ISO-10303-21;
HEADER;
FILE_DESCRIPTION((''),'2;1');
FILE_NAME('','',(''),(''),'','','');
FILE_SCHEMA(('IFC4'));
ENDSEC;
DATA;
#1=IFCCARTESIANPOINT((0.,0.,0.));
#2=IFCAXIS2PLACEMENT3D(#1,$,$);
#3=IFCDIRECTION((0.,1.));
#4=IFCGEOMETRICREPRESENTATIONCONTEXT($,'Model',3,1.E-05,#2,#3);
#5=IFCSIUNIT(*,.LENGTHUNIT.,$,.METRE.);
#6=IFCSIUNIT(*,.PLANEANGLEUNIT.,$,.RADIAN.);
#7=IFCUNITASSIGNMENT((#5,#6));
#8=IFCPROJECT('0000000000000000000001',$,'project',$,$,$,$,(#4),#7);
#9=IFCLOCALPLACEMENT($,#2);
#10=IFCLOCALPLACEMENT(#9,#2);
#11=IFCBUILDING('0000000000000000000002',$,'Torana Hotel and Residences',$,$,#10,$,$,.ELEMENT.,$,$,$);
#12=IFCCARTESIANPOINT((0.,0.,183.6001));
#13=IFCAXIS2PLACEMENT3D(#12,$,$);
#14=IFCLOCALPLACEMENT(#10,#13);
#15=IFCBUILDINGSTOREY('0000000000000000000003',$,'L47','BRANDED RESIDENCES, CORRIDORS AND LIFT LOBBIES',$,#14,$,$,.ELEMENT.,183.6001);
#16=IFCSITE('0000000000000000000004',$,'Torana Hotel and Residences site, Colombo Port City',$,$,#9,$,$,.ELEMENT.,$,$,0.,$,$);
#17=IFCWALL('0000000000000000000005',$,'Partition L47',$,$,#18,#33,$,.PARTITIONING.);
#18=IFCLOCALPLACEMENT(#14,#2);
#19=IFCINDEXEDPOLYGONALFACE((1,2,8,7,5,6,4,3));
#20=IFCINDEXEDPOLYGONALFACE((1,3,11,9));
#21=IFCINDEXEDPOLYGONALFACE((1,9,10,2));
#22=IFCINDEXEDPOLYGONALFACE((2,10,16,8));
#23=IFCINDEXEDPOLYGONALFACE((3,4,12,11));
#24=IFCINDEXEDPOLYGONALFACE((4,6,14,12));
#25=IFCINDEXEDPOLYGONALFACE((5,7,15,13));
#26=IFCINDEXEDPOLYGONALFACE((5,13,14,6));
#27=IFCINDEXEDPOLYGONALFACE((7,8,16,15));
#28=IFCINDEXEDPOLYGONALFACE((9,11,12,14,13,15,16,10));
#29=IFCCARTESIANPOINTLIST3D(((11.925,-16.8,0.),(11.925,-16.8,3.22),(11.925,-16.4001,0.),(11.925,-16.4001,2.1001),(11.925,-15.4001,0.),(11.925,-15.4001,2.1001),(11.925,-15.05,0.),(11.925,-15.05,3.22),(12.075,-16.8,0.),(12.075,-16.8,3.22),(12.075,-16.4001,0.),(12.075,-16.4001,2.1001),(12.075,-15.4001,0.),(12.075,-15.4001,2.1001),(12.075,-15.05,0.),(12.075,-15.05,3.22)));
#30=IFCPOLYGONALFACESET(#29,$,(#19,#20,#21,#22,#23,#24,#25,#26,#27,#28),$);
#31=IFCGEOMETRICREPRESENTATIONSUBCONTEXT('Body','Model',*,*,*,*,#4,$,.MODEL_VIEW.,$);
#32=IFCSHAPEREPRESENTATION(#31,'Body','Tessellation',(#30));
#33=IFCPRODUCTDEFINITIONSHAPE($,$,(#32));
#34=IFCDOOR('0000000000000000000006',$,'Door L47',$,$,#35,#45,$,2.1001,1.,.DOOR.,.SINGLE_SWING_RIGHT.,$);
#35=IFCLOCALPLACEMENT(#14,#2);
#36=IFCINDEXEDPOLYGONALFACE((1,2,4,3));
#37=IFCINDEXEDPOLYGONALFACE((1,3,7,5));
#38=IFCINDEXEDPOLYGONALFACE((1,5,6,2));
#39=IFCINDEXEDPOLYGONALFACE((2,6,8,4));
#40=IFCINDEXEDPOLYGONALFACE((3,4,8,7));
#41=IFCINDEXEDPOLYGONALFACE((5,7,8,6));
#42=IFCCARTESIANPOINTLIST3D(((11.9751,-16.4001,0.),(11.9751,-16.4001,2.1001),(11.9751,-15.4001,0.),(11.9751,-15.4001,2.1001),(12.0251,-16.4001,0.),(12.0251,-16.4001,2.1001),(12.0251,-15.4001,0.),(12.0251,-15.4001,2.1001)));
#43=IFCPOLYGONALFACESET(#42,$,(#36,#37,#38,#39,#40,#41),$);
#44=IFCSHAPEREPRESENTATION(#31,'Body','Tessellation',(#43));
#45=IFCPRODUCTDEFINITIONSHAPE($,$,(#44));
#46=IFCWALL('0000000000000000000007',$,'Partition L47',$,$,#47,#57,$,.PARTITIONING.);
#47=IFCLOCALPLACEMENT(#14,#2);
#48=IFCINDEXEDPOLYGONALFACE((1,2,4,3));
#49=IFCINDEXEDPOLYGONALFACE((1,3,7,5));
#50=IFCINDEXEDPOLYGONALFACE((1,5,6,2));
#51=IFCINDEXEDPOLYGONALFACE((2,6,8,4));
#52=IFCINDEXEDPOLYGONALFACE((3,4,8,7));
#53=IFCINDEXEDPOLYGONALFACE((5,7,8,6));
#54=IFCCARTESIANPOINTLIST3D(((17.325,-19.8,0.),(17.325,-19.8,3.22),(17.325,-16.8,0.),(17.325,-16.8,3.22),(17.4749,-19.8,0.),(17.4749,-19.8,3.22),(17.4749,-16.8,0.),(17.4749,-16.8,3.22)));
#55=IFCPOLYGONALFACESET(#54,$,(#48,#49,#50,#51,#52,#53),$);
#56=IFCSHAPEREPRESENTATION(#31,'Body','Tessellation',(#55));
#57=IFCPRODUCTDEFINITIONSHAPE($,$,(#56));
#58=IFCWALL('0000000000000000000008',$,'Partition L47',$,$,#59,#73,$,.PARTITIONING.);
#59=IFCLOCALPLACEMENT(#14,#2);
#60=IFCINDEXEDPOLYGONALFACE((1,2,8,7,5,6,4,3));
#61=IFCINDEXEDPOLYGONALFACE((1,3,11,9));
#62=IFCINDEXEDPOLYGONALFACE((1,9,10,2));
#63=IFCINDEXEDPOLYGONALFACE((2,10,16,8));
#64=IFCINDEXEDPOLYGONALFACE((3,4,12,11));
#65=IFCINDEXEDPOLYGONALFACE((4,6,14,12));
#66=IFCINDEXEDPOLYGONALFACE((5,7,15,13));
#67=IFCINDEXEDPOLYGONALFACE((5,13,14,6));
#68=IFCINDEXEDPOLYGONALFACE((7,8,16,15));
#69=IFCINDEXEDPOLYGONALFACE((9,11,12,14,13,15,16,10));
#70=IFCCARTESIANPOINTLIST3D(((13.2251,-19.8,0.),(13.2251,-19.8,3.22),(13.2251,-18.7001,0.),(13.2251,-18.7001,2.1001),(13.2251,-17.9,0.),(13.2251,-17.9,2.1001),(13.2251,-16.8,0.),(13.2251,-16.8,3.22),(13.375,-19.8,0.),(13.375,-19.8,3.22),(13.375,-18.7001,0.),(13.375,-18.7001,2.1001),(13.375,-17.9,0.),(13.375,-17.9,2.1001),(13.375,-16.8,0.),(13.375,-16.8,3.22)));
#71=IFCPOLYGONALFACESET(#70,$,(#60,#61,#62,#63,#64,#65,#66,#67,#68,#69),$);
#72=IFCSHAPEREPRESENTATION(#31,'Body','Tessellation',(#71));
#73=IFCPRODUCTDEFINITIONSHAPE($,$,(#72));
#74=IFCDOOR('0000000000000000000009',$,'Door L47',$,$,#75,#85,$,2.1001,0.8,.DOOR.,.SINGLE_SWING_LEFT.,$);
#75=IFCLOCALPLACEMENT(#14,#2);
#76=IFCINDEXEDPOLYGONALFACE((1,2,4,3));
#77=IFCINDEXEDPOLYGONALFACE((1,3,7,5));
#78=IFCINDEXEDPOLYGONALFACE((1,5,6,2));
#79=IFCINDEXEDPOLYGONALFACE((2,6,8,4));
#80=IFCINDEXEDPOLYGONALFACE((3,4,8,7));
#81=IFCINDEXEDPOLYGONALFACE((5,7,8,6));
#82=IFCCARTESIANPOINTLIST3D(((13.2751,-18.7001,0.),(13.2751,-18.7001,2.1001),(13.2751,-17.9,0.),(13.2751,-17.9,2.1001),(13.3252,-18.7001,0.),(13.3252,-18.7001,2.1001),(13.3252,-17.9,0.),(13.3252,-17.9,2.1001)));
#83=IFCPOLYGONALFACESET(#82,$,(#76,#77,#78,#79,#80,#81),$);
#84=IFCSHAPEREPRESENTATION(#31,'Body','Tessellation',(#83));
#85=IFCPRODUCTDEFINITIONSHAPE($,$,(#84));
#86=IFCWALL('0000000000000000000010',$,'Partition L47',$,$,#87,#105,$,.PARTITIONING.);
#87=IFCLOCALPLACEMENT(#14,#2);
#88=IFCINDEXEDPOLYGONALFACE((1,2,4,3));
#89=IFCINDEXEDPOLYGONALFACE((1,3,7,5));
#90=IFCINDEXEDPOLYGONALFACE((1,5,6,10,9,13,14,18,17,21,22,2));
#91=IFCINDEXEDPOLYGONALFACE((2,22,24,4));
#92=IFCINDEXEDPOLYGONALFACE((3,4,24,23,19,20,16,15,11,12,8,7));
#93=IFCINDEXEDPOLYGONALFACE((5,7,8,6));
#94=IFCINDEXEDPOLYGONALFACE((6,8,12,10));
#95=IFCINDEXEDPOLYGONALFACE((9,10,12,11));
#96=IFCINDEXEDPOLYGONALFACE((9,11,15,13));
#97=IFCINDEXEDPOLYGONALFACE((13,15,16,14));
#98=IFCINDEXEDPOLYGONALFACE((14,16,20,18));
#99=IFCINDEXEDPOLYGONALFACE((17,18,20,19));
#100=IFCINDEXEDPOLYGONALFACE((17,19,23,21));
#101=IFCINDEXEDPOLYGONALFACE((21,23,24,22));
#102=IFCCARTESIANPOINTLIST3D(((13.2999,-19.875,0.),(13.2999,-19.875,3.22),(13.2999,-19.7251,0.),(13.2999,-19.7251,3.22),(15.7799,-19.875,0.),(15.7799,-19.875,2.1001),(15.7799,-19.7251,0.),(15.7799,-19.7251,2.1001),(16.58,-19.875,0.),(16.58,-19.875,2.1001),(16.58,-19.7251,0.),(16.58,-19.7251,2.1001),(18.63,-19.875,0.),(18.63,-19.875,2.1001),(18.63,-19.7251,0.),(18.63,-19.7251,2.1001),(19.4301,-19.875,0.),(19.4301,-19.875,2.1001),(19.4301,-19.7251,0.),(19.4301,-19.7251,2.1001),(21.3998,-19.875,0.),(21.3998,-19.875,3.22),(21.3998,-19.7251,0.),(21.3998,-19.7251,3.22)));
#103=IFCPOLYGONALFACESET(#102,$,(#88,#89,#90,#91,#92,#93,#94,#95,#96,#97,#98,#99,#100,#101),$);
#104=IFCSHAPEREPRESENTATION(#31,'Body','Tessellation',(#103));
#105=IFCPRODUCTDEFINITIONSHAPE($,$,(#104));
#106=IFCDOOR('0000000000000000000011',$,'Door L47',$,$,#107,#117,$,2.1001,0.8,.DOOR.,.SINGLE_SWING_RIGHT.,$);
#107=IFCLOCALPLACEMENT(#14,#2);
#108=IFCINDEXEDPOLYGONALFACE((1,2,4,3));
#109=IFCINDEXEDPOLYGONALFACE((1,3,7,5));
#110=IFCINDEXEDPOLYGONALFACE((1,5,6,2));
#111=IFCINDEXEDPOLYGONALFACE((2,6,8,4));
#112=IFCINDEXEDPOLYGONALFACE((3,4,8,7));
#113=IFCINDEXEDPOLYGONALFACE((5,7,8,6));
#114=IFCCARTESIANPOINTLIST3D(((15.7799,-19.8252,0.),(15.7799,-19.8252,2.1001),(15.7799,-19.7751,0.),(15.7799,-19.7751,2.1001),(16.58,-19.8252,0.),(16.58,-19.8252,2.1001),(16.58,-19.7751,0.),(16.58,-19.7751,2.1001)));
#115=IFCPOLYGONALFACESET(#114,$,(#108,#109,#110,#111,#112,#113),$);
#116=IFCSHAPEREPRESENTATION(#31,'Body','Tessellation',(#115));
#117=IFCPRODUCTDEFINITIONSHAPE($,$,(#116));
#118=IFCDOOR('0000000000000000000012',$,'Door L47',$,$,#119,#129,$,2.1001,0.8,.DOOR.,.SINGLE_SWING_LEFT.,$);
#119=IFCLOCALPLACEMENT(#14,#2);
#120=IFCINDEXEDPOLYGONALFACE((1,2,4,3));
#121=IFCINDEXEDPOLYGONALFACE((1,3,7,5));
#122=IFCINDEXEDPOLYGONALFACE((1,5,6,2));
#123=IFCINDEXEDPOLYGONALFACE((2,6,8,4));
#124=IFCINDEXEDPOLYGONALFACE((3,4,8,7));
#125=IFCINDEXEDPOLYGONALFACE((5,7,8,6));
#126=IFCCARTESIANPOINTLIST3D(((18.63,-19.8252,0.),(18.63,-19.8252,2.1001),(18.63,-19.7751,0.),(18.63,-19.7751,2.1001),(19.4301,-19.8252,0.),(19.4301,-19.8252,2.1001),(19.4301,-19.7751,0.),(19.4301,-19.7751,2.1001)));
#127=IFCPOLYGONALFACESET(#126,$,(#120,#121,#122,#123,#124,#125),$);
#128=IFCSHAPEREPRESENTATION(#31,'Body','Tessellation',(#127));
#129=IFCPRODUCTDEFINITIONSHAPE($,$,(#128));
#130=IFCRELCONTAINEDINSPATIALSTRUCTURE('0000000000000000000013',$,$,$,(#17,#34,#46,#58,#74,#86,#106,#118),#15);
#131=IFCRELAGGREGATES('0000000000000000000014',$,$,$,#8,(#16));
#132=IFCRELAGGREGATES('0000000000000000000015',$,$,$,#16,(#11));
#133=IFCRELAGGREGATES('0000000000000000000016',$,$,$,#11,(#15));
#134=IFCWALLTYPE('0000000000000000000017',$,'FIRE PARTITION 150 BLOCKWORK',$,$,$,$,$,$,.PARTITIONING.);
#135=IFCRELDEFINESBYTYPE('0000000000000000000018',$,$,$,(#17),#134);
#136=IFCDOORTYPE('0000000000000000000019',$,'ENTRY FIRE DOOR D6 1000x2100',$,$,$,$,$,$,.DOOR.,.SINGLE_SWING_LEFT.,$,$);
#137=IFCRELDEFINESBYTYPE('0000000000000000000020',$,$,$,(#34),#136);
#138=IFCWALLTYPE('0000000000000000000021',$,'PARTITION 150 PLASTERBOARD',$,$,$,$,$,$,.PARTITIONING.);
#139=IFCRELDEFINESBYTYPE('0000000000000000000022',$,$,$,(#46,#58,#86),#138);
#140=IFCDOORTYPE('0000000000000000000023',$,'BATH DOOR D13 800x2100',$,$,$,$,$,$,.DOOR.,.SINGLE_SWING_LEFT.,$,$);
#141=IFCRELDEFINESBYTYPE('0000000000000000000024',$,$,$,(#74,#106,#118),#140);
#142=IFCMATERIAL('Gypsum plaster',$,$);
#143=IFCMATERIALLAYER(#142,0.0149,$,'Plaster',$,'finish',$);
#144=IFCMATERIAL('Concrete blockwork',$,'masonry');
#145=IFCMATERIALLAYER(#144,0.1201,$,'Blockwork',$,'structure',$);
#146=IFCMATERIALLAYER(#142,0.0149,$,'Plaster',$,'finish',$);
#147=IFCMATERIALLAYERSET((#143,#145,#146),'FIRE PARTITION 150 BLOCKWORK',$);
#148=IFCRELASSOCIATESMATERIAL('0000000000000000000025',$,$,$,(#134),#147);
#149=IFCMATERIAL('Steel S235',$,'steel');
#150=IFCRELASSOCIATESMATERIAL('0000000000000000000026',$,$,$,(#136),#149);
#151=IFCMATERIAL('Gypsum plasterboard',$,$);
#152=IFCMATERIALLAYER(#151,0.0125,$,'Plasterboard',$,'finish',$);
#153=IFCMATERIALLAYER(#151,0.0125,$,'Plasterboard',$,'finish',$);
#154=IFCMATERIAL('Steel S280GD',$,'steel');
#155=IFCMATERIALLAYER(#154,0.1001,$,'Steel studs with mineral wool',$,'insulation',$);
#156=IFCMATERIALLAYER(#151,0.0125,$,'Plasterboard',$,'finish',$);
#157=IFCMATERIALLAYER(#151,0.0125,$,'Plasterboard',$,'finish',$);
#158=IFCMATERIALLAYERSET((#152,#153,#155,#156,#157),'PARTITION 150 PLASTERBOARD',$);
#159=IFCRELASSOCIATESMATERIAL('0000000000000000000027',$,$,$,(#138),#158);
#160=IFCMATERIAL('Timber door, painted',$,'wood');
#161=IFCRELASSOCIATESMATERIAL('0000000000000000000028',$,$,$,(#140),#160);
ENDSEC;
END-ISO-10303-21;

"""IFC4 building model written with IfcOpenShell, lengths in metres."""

from ifc_helpers import new_model, si_unit, direction, frame, frame_2d, origin, place, context, subcontext, project, spatial, rectangle, extrude, material, layer, layer_set, type_object, element, fill, save


model = new_model("IFC4")

# Units and contexts
model_context = context("Model", 3, precision=1e-05, world=origin(), true_north=direction((0.0, 1.0)))
body_context = subcontext(model_context, "Body", "Model", "MODEL_VIEW")
ifc_project = project(units=[si_unit("LENGTHUNIT", "METRE"), si_unit("PLANEANGLEUNIT", "RADIAN")], contexts=[model_context])

# Site, building, storey
site_placement = place(None, origin())
site = spatial("IfcSite", under=ifc_project, at=site_placement, Name="Torana Hotel and Residences site, Colombo Port City", CompositionType="ELEMENT", RefElevation=0.0)
building_placement = place(site_placement, origin())
building = spatial("IfcBuilding", under=site, at=building_placement, Name="Torana Hotel and Residences", CompositionType="ELEMENT")
storey_placement = place(building_placement, frame((0.0, 0.0, 183.6001)))
storey = spatial("IfcBuildingStorey", under=building, at=storey_placement, Name="L47", Description="BRANDED RESIDENCES, CORRIDORS AND LIFT LOBBIES", CompositionType="ELEMENT", Elevation=183.6001)

# Wall, opening, door
ifc_material_1 = material(Name="Gypsum plaster")
ifc_layer_1 = layer(ifc_material_1, 0.0149, Name="Plaster", Category="finish")
ifc_material_2 = material(Name="Concrete blockwork", Category="masonry")
ifc_layer_2 = layer(ifc_material_2, 0.1201, Name="Blockwork", Category="structure")
ifc_layer_3 = layer(ifc_material_1, 0.0149, Name="Plaster", Category="finish")
ifc_layer_set_1 = layer_set([ifc_layer_1, ifc_layer_2, ifc_layer_3], Name="FIRE PARTITION 150 BLOCKWORK")
wall_type_1 = type_object("IfcWallType", Name="FIRE PARTITION 150 BLOCKWORK", PredefinedType="PARTITIONING", material=ifc_layer_set_1)
wall_1_placement = place(storey_placement, frame((12.0, -16.8, 0.0), z_axis=(0.0, 0.0, 1.0), x_axis=(0.0, 1.0, 0.0)))
wall_1 = element("IfcWall", 1, at=wall_1_placement, inside=storey, type_object=wall_type_1, Name="Partition L47", PredefinedType="PARTITIONING", context=body_context, shape_type="SweptSolid", body=[
    extrude(rectangle(XDim=1.75, YDim=0.1499, at=frame_2d((0.875, 0.0))), origin(), (0.0, 0.0, 1.0), 3.22),
])
opening_1_placement = place(wall_1_placement, frame((0.3999, 0.0, 0.0)))
opening_1 = element("IfcOpeningElement", 2, at=opening_1_placement, cuts=wall_1, PredefinedType="OPENING", context=body_context, shape_type="SweptSolid", body=[
    extrude(rectangle(XDim=1.0, YDim=2.1001, at=frame_2d((0.5, 1.05))), frame((0.0, 0.085, 0.0), z_axis=(0.0, -1.0, 0.0), x_axis=(1.0, 0.0, 0.0)), (0.0, 0.0, 1.0), 0.1699),
])
ifc_material_3 = material(Name="Steel S235", Category="steel")
door_type_1 = type_object("IfcDoorType", Name="ENTRY FIRE DOOR D6 1000x2100", OperationType="SINGLE_SWING_LEFT", PredefinedType="DOOR", material=ifc_material_3)
door_1_placement = place(opening_1_placement, origin())
door_1 = element("IfcDoor", 3, at=door_1_placement, inside=storey, type_object=door_type_1, Name="Door L47", OperationType="SINGLE_SWING_RIGHT", OverallHeight=2.1001, OverallWidth=1.0, PredefinedType="DOOR", context=body_context, shape_type="SweptSolid", body=[
    extrude(rectangle(XDim=1.0, YDim=2.1001, at=frame_2d((0.5, 1.05))), frame((0.0, 0.0249, 0.0), z_axis=(0.0, -1.0, 0.0), x_axis=(1.0, 0.0, 0.0)), (0.0, 0.0, 1.0), 0.05),
])
fill(opening_1, door_1)

# Wall
ifc_material_4 = material(Name="Gypsum plasterboard")
ifc_layer_4 = layer(ifc_material_4, 0.0125, Name="Plasterboard", Category="finish")
ifc_layer_5 = layer(ifc_material_4, 0.0125, Name="Plasterboard", Category="finish")
ifc_material_5 = material(Name="Steel S280GD", Category="steel")
ifc_layer_6 = layer(ifc_material_5, 0.1001, Name="Steel studs with mineral wool", Category="insulation")
ifc_layer_7 = layer(ifc_material_4, 0.0125, Name="Plasterboard", Category="finish")
ifc_layer_8 = layer(ifc_material_4, 0.0125, Name="Plasterboard", Category="finish")
ifc_layer_set_2 = layer_set([ifc_layer_4, ifc_layer_5, ifc_layer_6, ifc_layer_7, ifc_layer_8], Name="PARTITION 150 PLASTERBOARD")
wall_type_2 = type_object("IfcWallType", Name="PARTITION 150 PLASTERBOARD", PredefinedType="PARTITIONING", material=ifc_layer_set_2)
wall_2_placement = place(storey_placement, frame((17.3999, -19.8, 0.0), z_axis=(0.0, 0.0, 1.0), x_axis=(0.0, 1.0, 0.0)))
element("IfcWall", 4, at=wall_2_placement, inside=storey, type_object=wall_type_2, Name="Partition L47", PredefinedType="PARTITIONING", context=body_context, shape_type="SweptSolid", body=[
    extrude(rectangle(XDim=3.0, YDim=0.1499, at=frame_2d((1.5, 0.0))), origin(), (0.0, 0.0, 1.0), 3.22),
])

# Wall, opening, door
wall_3_placement = place(storey_placement, frame((13.3, -19.8, 0.0), z_axis=(0.0, 0.0, 1.0), x_axis=(0.0, 1.0, 0.0)))
wall_3 = element("IfcWall", 5, at=wall_3_placement, inside=storey, type_object=wall_type_2, Name="Partition L47", PredefinedType="PARTITIONING", context=body_context, shape_type="SweptSolid", body=[
    extrude(rectangle(XDim=3.0, YDim=0.1499, at=frame_2d((1.5, 0.0))), origin(), (0.0, 0.0, 1.0), 3.22),
])
opening_2_placement = place(wall_3_placement, frame((1.1001, 0.0, 0.0)))
opening_2 = element("IfcOpeningElement", 6, at=opening_2_placement, cuts=wall_3, PredefinedType="OPENING", context=body_context, shape_type="SweptSolid", body=[
    extrude(rectangle(XDim=0.8, YDim=2.1001, at=frame_2d((0.3999, 1.05))), frame((0.0, 0.085, 0.0), z_axis=(0.0, -1.0, 0.0), x_axis=(1.0, 0.0, 0.0)), (0.0, 0.0, 1.0), 0.1699),
])
ifc_material_6 = material(Name="Timber door, painted", Category="wood")
door_type_2 = type_object("IfcDoorType", Name="BATH DOOR D13 800x2100", OperationType="SINGLE_SWING_LEFT", PredefinedType="DOOR", material=ifc_material_6)
door_2_placement = place(opening_2_placement, origin())
door_2 = element("IfcDoor", 7, at=door_2_placement, inside=storey, type_object=door_type_2, Name="Door L47", OperationType="SINGLE_SWING_LEFT", OverallHeight=2.1001, OverallWidth=0.8, PredefinedType="DOOR", context=body_context, shape_type="SweptSolid", body=[
    extrude(rectangle(XDim=0.8, YDim=2.1001, at=frame_2d((0.3999, 1.05))), frame((0.0, 0.0249, 0.0), z_axis=(0.0, -1.0, 0.0), x_axis=(1.0, 0.0, 0.0)), (0.0, 0.0, 1.0), 0.05),
])
fill(opening_2, door_2)

# Wall, openings, doors
wall_4_placement = place(storey_placement, frame((13.3, -19.8, 0.0), z_axis=(0.0, 0.0, 1.0), x_axis=(1.0, 0.0, 0.0)))
wall_4 = element("IfcWall", 8, at=wall_4_placement, inside=storey, type_object=wall_type_2, Name="Partition L47", PredefinedType="PARTITIONING", context=body_context, shape_type="SweptSolid", body=[
    extrude(rectangle(XDim=8.0999, YDim=0.1499, at=frame_2d((4.0498, 0.0))), origin(), (0.0, 0.0, 1.0), 3.22),
])
opening_3_placement = place(wall_4_placement, frame((2.48, 0.0, 0.0)))
opening_3 = element("IfcOpeningElement", 9, at=opening_3_placement, cuts=wall_4, PredefinedType="OPENING", context=body_context, shape_type="SweptSolid", body=[
    extrude(rectangle(XDim=0.8, YDim=2.1001, at=frame_2d((0.3999, 1.05))), frame((0.0, 0.085, 0.0), z_axis=(0.0, -1.0, 0.0), x_axis=(1.0, 0.0, 0.0)), (0.0, 0.0, 1.0), 0.1699),
])
opening_4_placement = place(wall_4_placement, frame((5.3301, 0.0, 0.0)))
opening_4 = element("IfcOpeningElement", 10, at=opening_4_placement, cuts=wall_4, PredefinedType="OPENING", context=body_context, shape_type="SweptSolid", body=[
    extrude(rectangle(XDim=0.8, YDim=2.1001, at=frame_2d((0.3999, 1.05))), frame((0.0, 0.085, 0.0), z_axis=(0.0, -1.0, 0.0), x_axis=(1.0, 0.0, 0.0)), (0.0, 0.0, 1.0), 0.1699),
])
door_3_placement = place(opening_3_placement, origin())
door_3 = element("IfcDoor", 11, at=door_3_placement, inside=storey, type_object=door_type_2, Name="Door L47", OperationType="SINGLE_SWING_RIGHT", OverallHeight=2.1001, OverallWidth=0.8, PredefinedType="DOOR", context=body_context, shape_type="SweptSolid", body=[
    extrude(rectangle(XDim=0.8, YDim=2.1001, at=frame_2d((0.3999, 1.05))), frame((0.0, 0.0249, 0.0), z_axis=(0.0, -1.0, 0.0), x_axis=(1.0, 0.0, 0.0)), (0.0, 0.0, 1.0), 0.05),
])
fill(opening_3, door_3)
door_4_placement = place(opening_4_placement, origin())
door_4 = element("IfcDoor", 12, at=door_4_placement, inside=storey, type_object=door_type_2, Name="Door L47", OperationType="SINGLE_SWING_LEFT", OverallHeight=2.1001, OverallWidth=0.8, PredefinedType="DOOR", context=body_context, shape_type="SweptSolid", body=[
    extrude(rectangle(XDim=0.8, YDim=2.1001, at=frame_2d((0.3999, 1.05))), frame((0.0, 0.0249, 0.0), z_axis=(0.0, -1.0, 0.0), x_axis=(1.0, 0.0, 0.0)), (0.0, 0.0, 1.0), 0.05),
])
fill(opening_4, door_4)

save(model, "model.ifc")
